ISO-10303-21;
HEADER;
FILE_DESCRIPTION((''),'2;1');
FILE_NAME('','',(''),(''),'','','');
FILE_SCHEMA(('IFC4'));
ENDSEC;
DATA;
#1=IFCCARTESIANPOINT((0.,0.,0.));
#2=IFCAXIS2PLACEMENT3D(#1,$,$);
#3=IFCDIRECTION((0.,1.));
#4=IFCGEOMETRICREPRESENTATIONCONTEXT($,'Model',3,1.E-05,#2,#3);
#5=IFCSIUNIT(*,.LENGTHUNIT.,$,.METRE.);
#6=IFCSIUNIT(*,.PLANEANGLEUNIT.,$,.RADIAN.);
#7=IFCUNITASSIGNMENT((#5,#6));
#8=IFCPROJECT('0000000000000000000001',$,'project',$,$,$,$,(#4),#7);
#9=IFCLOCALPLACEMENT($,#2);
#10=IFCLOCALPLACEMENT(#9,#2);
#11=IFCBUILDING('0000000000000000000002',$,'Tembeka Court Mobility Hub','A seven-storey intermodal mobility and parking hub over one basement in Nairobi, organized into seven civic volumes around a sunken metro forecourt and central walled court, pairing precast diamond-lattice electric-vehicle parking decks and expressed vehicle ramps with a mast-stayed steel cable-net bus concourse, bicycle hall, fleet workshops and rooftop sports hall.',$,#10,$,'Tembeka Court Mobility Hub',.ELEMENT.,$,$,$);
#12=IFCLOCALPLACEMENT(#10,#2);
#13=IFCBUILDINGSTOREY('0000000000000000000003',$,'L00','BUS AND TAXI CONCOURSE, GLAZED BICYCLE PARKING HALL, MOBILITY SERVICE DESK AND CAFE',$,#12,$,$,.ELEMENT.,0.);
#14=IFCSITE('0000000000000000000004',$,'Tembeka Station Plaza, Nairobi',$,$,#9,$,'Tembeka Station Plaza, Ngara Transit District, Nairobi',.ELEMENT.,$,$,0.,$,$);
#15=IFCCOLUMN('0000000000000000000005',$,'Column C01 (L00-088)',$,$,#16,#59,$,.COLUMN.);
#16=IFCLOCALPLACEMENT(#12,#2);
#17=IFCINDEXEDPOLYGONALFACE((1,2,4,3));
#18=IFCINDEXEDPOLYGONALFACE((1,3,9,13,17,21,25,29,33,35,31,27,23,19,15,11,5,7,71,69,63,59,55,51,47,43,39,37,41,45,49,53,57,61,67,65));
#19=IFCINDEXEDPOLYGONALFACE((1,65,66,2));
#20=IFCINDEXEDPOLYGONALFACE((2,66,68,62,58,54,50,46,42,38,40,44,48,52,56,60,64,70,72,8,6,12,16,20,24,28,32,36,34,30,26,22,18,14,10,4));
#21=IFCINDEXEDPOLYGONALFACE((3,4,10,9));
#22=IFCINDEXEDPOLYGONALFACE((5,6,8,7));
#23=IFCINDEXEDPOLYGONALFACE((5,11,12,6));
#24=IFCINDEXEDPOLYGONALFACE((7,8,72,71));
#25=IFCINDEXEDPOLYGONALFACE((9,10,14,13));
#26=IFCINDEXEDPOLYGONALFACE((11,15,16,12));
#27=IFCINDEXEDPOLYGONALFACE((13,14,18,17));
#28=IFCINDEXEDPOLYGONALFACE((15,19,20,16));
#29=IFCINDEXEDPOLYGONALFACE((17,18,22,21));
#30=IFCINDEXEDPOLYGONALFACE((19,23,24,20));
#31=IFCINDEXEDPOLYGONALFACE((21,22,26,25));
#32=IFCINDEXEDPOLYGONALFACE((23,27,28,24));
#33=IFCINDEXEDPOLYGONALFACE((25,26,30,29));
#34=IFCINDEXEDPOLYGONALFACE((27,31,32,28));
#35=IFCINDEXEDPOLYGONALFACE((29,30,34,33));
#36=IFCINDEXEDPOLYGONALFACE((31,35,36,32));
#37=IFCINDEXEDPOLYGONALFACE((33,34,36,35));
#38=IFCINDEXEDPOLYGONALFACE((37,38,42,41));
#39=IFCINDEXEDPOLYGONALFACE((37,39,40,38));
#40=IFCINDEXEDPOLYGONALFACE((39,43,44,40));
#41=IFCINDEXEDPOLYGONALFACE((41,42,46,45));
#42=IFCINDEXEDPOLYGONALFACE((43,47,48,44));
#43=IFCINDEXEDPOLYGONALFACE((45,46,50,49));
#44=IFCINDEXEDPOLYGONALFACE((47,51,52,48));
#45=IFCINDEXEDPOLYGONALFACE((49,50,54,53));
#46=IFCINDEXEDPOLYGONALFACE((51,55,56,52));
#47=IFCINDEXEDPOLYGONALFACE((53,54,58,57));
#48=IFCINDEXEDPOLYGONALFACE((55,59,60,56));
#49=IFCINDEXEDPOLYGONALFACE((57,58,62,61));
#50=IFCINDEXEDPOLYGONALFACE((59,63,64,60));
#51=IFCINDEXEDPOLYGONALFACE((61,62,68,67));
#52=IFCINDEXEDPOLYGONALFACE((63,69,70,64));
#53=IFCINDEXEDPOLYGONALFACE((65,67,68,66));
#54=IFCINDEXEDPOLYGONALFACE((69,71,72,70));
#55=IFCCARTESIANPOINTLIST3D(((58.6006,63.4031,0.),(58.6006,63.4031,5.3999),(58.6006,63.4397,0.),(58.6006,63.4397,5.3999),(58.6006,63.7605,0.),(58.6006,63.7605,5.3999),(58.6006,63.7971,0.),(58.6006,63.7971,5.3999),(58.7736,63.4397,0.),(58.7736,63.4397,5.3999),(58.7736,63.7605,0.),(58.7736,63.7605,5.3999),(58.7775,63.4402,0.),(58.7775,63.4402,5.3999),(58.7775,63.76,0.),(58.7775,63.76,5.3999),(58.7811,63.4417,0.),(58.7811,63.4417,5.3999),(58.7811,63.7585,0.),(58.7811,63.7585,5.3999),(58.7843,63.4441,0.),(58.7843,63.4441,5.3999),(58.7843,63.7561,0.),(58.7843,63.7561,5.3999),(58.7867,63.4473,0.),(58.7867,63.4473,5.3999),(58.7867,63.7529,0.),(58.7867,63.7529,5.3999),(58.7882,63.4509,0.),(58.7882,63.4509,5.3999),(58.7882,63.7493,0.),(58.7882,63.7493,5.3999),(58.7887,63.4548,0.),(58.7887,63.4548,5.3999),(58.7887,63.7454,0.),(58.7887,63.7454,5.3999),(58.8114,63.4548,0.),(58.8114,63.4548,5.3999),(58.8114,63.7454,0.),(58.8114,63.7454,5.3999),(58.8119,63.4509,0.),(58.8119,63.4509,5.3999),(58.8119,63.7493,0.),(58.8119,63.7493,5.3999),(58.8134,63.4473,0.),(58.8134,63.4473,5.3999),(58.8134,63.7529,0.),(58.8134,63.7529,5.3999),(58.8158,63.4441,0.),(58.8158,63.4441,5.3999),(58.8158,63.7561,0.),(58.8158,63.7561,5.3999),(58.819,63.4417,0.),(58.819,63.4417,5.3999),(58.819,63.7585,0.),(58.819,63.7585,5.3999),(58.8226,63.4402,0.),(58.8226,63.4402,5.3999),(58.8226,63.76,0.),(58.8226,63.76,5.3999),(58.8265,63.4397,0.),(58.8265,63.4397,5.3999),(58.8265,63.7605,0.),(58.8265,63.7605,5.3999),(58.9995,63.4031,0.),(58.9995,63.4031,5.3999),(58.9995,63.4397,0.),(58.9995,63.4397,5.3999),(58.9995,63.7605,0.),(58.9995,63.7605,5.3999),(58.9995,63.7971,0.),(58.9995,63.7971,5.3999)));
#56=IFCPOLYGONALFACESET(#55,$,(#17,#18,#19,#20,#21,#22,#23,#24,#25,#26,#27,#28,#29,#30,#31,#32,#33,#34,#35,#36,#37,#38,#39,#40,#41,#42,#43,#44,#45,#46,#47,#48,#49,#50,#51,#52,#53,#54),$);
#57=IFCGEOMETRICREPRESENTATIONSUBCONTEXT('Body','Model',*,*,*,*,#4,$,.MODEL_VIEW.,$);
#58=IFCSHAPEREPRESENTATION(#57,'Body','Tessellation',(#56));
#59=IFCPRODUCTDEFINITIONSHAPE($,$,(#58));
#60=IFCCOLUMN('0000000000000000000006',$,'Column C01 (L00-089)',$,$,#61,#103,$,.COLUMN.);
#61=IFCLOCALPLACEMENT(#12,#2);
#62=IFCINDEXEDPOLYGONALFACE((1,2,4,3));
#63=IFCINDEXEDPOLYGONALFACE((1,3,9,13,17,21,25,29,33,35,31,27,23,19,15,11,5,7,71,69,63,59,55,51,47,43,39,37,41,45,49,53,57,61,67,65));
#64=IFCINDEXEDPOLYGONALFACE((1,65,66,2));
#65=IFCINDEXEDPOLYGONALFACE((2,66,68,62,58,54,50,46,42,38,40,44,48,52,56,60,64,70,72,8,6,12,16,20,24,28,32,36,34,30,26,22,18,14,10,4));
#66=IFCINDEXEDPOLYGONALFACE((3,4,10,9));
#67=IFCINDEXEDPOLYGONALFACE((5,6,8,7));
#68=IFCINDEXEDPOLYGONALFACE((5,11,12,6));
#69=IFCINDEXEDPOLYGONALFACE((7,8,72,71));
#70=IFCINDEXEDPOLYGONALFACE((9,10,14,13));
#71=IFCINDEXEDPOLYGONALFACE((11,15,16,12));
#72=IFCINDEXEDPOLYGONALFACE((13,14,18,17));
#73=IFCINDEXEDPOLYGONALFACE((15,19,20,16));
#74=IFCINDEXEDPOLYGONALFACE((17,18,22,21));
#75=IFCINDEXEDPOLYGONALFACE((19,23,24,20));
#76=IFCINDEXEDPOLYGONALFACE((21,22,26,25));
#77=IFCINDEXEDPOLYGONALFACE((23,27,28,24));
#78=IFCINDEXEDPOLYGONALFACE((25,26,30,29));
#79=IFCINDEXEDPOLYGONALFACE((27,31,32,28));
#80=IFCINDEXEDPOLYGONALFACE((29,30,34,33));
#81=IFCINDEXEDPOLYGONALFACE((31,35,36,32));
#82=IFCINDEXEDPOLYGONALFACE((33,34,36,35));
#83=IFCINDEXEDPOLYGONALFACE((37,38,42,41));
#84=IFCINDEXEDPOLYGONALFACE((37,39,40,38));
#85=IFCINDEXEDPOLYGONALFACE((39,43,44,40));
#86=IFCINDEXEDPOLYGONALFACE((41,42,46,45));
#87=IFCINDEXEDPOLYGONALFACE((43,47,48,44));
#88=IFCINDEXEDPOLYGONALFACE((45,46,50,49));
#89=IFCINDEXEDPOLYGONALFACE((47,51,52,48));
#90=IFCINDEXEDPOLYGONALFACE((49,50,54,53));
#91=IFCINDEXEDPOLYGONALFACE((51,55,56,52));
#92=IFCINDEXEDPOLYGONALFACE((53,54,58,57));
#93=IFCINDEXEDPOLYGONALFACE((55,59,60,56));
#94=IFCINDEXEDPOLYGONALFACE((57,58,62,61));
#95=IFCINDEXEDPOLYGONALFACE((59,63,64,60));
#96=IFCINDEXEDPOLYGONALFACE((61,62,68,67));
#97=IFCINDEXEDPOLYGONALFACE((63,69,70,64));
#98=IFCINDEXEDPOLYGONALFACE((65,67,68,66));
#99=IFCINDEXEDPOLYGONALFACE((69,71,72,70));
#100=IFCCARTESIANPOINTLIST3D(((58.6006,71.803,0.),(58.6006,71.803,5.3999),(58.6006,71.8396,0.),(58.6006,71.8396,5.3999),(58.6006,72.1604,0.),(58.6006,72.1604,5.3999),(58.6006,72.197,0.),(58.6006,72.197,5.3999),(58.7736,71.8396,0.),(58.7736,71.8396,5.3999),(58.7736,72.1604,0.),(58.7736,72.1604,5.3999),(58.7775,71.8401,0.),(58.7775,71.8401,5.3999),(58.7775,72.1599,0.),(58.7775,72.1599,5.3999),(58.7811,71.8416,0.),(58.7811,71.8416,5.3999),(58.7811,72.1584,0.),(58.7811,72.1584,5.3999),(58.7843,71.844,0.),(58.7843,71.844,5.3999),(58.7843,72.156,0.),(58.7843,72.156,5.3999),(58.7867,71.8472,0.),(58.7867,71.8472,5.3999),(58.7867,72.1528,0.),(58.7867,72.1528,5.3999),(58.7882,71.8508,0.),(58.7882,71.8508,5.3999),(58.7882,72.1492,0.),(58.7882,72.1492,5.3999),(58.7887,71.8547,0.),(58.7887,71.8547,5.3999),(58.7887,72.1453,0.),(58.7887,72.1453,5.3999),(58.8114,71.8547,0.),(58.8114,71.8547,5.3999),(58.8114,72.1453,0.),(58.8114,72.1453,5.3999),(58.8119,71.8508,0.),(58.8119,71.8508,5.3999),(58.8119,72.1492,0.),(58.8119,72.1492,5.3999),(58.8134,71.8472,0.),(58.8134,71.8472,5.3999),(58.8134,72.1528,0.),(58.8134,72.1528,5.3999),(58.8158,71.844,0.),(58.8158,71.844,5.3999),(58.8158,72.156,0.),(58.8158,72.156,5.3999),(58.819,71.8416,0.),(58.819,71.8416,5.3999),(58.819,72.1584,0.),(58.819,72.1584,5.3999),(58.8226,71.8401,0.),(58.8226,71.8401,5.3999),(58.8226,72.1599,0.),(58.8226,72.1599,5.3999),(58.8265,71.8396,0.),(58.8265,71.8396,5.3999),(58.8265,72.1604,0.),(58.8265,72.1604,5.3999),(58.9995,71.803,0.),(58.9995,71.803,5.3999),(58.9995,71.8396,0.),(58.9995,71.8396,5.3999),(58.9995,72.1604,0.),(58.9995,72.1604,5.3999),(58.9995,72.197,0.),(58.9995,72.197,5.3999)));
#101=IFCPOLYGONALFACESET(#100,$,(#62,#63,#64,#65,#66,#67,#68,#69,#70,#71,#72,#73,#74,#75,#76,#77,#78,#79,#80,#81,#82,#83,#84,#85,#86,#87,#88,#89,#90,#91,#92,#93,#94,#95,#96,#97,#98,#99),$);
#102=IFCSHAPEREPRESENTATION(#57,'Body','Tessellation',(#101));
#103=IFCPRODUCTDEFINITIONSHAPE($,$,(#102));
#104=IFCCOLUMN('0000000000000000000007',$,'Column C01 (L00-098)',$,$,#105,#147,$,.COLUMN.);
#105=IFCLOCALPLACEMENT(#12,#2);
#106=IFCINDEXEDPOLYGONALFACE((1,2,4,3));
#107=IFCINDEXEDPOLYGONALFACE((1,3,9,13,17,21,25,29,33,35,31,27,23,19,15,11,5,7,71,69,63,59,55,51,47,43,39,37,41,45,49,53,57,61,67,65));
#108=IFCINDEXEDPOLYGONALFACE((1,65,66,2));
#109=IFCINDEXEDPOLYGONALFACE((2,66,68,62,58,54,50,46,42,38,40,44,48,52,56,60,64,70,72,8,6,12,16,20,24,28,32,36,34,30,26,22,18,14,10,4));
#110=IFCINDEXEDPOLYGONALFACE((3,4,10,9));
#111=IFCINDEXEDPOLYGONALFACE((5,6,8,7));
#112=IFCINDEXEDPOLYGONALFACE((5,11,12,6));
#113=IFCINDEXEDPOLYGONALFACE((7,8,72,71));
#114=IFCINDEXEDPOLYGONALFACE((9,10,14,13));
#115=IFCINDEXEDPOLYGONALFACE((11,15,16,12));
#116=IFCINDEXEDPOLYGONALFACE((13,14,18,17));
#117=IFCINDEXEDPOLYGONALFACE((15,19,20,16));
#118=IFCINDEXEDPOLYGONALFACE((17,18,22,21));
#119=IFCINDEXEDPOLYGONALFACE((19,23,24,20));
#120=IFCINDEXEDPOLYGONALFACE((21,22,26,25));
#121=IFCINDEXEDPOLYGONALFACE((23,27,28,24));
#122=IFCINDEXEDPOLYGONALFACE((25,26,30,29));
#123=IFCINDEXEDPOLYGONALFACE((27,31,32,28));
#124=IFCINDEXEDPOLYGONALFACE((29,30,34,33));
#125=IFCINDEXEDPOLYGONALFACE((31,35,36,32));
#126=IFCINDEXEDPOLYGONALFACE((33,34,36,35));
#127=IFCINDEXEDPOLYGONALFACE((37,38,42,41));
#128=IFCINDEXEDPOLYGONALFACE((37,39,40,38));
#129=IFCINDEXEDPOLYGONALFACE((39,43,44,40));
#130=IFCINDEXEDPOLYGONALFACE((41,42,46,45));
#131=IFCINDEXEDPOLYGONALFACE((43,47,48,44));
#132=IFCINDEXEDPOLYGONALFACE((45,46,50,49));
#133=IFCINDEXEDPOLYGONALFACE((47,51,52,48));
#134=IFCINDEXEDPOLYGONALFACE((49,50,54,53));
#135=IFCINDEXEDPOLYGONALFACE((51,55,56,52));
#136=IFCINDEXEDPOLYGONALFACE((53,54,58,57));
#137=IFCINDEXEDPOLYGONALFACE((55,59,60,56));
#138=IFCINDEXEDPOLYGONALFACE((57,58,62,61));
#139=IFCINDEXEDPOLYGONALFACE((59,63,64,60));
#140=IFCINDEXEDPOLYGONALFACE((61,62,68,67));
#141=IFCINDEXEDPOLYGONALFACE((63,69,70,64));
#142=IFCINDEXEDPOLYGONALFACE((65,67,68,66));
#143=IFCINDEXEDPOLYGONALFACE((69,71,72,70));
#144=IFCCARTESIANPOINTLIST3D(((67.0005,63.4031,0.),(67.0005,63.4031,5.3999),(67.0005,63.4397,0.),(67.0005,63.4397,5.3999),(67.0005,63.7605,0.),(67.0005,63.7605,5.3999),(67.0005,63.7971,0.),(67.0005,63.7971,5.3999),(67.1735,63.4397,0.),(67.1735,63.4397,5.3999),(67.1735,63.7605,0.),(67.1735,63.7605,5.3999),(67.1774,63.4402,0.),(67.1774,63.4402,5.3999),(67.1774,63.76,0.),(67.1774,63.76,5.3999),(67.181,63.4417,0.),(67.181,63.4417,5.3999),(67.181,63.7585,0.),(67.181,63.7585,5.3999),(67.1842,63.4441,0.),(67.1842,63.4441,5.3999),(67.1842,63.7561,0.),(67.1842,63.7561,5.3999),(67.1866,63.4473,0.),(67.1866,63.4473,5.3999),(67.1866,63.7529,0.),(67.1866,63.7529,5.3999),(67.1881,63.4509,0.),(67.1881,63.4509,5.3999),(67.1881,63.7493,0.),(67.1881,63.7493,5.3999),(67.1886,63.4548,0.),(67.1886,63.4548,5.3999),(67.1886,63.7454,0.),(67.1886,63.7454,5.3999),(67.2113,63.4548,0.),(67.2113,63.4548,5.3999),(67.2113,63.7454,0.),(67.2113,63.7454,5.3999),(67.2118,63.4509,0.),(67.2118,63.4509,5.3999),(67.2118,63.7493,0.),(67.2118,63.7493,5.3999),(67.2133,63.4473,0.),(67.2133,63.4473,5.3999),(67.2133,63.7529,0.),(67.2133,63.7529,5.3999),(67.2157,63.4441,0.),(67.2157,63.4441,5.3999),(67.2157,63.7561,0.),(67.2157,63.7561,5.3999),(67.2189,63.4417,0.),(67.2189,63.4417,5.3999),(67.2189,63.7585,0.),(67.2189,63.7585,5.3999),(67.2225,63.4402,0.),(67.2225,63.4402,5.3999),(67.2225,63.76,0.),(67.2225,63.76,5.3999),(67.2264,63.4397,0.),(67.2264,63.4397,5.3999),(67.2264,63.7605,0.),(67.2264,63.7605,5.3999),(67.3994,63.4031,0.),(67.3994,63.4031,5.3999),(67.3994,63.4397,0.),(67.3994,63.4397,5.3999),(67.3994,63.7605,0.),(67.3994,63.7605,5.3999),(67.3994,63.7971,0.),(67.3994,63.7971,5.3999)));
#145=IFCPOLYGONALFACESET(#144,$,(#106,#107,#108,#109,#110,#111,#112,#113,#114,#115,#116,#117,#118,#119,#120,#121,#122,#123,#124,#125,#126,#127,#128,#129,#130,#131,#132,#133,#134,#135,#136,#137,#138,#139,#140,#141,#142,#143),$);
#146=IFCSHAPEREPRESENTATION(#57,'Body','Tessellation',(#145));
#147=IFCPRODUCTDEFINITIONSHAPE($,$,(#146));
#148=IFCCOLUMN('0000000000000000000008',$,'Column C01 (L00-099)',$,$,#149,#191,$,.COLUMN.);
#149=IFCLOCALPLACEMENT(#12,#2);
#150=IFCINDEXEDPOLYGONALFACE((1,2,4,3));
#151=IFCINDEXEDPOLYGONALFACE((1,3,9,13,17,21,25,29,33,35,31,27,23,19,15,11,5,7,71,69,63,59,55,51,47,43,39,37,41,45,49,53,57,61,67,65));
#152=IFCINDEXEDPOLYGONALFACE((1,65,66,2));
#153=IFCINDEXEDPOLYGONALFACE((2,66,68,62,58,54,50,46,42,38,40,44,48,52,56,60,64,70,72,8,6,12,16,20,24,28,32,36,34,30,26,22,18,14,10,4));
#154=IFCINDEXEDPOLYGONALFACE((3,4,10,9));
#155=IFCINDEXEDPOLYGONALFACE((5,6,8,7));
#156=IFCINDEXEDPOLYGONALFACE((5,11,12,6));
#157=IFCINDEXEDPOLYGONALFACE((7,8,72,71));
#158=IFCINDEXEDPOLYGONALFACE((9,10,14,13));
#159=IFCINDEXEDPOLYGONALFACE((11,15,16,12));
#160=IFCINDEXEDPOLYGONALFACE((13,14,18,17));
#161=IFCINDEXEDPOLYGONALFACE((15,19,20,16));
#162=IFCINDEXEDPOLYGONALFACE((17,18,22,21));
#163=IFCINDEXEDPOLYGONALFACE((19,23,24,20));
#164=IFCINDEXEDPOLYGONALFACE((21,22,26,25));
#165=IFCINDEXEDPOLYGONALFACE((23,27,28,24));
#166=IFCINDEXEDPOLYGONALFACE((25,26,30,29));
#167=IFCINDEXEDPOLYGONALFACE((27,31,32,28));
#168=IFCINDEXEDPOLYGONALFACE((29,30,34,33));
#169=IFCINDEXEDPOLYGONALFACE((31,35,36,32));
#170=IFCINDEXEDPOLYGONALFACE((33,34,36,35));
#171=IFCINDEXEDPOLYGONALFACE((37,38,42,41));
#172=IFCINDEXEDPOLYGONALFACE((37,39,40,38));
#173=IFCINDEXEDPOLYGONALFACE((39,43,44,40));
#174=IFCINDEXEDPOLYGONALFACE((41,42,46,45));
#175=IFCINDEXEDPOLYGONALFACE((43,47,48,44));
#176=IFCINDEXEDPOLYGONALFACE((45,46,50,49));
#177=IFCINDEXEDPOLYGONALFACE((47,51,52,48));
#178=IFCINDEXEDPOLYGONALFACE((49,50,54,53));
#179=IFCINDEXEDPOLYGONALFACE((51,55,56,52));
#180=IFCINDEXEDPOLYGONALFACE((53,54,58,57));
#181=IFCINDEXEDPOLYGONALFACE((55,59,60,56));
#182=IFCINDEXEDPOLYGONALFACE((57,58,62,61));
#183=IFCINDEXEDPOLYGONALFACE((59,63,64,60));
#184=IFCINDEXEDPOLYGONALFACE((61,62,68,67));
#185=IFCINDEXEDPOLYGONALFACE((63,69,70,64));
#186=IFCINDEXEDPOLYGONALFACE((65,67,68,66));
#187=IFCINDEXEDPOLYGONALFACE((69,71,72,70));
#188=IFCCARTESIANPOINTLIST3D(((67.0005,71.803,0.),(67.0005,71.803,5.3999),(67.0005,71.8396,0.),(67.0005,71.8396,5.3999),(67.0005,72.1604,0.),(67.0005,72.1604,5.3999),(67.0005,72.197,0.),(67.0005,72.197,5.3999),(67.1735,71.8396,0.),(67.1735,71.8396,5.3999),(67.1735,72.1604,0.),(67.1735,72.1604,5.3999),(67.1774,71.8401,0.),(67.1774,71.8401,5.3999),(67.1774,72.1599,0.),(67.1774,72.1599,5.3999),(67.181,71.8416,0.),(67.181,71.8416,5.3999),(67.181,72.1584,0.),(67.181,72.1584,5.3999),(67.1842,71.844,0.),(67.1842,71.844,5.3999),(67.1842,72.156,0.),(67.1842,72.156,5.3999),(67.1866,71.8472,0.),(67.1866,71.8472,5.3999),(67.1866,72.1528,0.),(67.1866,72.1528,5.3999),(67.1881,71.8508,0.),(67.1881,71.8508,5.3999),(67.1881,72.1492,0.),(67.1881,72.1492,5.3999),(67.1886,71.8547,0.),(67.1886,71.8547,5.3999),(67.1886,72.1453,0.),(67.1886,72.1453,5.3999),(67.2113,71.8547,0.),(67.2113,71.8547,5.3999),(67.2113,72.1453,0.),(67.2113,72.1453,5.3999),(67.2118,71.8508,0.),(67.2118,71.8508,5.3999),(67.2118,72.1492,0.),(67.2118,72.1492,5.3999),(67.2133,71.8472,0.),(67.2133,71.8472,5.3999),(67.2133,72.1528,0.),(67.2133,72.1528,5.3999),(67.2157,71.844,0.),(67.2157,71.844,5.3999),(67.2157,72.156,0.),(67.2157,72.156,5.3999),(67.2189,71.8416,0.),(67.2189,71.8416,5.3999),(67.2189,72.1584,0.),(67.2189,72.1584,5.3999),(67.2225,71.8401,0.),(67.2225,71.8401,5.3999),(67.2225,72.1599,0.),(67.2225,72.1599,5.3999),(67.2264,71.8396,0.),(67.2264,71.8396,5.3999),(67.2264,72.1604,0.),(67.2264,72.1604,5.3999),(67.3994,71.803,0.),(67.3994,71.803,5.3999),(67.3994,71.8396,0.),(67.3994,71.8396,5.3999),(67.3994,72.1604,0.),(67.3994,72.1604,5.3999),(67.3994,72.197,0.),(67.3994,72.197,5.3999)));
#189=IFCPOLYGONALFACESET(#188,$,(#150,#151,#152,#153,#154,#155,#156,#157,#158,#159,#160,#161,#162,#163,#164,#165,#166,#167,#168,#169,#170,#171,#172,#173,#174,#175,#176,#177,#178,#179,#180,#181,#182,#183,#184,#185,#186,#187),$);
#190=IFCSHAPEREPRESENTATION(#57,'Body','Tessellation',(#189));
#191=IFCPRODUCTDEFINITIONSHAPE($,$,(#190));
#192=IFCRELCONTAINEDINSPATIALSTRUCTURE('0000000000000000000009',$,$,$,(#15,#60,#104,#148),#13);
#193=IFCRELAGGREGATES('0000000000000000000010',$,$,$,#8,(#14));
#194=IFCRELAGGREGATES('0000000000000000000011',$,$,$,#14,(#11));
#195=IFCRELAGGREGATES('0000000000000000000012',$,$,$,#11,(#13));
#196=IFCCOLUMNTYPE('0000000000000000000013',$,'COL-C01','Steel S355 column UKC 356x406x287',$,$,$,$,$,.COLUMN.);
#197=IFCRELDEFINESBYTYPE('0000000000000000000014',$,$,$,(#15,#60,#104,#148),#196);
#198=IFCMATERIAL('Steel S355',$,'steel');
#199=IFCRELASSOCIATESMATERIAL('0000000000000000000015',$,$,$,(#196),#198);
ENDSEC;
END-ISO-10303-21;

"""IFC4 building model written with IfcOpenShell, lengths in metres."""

from ifc_helpers import new_model, si_unit, direction, frame, origin, origin_2d, place, context, subcontext, project, spatial, i_section, extrude, material, material_profile, profile_set, type_object, element, save


model = new_model("IFC4")

# Units and contexts
model_context = context("Model", 3, precision=1e-05, world=origin(), true_north=direction((0.0, 1.0)))
body_context = subcontext(model_context, "Body", "Model", "MODEL_VIEW")
ifc_project = project(units=[si_unit("LENGTHUNIT", "METRE"), si_unit("PLANEANGLEUNIT", "RADIAN")], contexts=[model_context])

# Site, building, storey
site_placement = place(None, origin())
site = spatial("IfcSite", under=ifc_project, at=site_placement, Name="Tembeka Station Plaza, Nairobi", LongName="Tembeka Station Plaza, Ngara Transit District, Nairobi", CompositionType="ELEMENT", RefElevation=0.0)
building_placement = place(site_placement, origin())
building = spatial("IfcBuilding", under=site, at=building_placement, Name="Tembeka Court Mobility Hub", Description="A seven-storey intermodal mobility and parking hub over one basement in Nairobi, organized into seven civic volumes around a sunken metro forecourt and central walled court, pairing precast diamond-lattice electric-vehicle parking decks and expressed vehicle ramps with a mast-stayed steel cable-net bus concourse, bicycle hall, fleet workshops and rooftop sports hall.", LongName="Tembeka Court Mobility Hub", CompositionType="ELEMENT")
storey_placement = place(building_placement, origin())
storey = spatial("IfcBuildingStorey", under=building, at=storey_placement, Name="L00", Description="BUS AND TAXI CONCOURSE, GLAZED BICYCLE PARKING HALL, MOBILITY SERVICE DESK AND CAFE", CompositionType="ELEMENT", Elevation=0.0)

# Columns
ifc_material = material(Name="Steel S355", Category="steel")
ifc_material_profile_1 = material_profile(ifc_material, i_section(OverallWidth=0.3989, OverallDepth=0.394, WebThickness=0.0227, FlangeThickness=0.0366, FilletRadius=0.0151, at=origin_2d()), Name="UKC 356x406x287")
ifc_profile_set_1 = profile_set([ifc_material_profile_1], Name="Steel S355")
column_type = type_object("IfcColumnType", Name="COL-C01", Description="Steel S355 column UKC 356x406x287", PredefinedType="COLUMN", material=ifc_profile_set_1)
for number, where, z_axis, x_axis, name in (
    (1, (58.8, 63.6001, 0.0), (0.0, 0.0, 1.0), (1.0, 0.0, 0.0), "Column C01 (L00-088)"),
    (2, (58.8, 72.0, 0.0), (0.0, 0.0, 1.0), (1.0, 0.0, 0.0), "Column C01 (L00-089)"),
    (3, (67.2, 63.6001, 0.0), (0.0, 0.0, 1.0), (1.0, 0.0, 0.0), "Column C01 (L00-098)"),
    (4, (67.2, 72.0, 0.0), (0.0, 0.0, 1.0), (1.0, 0.0, 0.0), "Column C01 (L00-099)"),
):
    element("IfcColumn", number, at=place(storey_placement, frame(where, z_axis=z_axis, x_axis=x_axis)), inside=storey, type_object=column_type, Name=name, PredefinedType="COLUMN", context=body_context, shape_type="SweptSolid", body=[
        extrude(i_section(OverallWidth=0.3989, OverallDepth=0.394, WebThickness=0.0227, FlangeThickness=0.0366, FilletRadius=0.0151, at=origin_2d()), origin(), (0.0, 0.0, 1.0), 5.3999),
    ])

save(model, "model.ifc")
